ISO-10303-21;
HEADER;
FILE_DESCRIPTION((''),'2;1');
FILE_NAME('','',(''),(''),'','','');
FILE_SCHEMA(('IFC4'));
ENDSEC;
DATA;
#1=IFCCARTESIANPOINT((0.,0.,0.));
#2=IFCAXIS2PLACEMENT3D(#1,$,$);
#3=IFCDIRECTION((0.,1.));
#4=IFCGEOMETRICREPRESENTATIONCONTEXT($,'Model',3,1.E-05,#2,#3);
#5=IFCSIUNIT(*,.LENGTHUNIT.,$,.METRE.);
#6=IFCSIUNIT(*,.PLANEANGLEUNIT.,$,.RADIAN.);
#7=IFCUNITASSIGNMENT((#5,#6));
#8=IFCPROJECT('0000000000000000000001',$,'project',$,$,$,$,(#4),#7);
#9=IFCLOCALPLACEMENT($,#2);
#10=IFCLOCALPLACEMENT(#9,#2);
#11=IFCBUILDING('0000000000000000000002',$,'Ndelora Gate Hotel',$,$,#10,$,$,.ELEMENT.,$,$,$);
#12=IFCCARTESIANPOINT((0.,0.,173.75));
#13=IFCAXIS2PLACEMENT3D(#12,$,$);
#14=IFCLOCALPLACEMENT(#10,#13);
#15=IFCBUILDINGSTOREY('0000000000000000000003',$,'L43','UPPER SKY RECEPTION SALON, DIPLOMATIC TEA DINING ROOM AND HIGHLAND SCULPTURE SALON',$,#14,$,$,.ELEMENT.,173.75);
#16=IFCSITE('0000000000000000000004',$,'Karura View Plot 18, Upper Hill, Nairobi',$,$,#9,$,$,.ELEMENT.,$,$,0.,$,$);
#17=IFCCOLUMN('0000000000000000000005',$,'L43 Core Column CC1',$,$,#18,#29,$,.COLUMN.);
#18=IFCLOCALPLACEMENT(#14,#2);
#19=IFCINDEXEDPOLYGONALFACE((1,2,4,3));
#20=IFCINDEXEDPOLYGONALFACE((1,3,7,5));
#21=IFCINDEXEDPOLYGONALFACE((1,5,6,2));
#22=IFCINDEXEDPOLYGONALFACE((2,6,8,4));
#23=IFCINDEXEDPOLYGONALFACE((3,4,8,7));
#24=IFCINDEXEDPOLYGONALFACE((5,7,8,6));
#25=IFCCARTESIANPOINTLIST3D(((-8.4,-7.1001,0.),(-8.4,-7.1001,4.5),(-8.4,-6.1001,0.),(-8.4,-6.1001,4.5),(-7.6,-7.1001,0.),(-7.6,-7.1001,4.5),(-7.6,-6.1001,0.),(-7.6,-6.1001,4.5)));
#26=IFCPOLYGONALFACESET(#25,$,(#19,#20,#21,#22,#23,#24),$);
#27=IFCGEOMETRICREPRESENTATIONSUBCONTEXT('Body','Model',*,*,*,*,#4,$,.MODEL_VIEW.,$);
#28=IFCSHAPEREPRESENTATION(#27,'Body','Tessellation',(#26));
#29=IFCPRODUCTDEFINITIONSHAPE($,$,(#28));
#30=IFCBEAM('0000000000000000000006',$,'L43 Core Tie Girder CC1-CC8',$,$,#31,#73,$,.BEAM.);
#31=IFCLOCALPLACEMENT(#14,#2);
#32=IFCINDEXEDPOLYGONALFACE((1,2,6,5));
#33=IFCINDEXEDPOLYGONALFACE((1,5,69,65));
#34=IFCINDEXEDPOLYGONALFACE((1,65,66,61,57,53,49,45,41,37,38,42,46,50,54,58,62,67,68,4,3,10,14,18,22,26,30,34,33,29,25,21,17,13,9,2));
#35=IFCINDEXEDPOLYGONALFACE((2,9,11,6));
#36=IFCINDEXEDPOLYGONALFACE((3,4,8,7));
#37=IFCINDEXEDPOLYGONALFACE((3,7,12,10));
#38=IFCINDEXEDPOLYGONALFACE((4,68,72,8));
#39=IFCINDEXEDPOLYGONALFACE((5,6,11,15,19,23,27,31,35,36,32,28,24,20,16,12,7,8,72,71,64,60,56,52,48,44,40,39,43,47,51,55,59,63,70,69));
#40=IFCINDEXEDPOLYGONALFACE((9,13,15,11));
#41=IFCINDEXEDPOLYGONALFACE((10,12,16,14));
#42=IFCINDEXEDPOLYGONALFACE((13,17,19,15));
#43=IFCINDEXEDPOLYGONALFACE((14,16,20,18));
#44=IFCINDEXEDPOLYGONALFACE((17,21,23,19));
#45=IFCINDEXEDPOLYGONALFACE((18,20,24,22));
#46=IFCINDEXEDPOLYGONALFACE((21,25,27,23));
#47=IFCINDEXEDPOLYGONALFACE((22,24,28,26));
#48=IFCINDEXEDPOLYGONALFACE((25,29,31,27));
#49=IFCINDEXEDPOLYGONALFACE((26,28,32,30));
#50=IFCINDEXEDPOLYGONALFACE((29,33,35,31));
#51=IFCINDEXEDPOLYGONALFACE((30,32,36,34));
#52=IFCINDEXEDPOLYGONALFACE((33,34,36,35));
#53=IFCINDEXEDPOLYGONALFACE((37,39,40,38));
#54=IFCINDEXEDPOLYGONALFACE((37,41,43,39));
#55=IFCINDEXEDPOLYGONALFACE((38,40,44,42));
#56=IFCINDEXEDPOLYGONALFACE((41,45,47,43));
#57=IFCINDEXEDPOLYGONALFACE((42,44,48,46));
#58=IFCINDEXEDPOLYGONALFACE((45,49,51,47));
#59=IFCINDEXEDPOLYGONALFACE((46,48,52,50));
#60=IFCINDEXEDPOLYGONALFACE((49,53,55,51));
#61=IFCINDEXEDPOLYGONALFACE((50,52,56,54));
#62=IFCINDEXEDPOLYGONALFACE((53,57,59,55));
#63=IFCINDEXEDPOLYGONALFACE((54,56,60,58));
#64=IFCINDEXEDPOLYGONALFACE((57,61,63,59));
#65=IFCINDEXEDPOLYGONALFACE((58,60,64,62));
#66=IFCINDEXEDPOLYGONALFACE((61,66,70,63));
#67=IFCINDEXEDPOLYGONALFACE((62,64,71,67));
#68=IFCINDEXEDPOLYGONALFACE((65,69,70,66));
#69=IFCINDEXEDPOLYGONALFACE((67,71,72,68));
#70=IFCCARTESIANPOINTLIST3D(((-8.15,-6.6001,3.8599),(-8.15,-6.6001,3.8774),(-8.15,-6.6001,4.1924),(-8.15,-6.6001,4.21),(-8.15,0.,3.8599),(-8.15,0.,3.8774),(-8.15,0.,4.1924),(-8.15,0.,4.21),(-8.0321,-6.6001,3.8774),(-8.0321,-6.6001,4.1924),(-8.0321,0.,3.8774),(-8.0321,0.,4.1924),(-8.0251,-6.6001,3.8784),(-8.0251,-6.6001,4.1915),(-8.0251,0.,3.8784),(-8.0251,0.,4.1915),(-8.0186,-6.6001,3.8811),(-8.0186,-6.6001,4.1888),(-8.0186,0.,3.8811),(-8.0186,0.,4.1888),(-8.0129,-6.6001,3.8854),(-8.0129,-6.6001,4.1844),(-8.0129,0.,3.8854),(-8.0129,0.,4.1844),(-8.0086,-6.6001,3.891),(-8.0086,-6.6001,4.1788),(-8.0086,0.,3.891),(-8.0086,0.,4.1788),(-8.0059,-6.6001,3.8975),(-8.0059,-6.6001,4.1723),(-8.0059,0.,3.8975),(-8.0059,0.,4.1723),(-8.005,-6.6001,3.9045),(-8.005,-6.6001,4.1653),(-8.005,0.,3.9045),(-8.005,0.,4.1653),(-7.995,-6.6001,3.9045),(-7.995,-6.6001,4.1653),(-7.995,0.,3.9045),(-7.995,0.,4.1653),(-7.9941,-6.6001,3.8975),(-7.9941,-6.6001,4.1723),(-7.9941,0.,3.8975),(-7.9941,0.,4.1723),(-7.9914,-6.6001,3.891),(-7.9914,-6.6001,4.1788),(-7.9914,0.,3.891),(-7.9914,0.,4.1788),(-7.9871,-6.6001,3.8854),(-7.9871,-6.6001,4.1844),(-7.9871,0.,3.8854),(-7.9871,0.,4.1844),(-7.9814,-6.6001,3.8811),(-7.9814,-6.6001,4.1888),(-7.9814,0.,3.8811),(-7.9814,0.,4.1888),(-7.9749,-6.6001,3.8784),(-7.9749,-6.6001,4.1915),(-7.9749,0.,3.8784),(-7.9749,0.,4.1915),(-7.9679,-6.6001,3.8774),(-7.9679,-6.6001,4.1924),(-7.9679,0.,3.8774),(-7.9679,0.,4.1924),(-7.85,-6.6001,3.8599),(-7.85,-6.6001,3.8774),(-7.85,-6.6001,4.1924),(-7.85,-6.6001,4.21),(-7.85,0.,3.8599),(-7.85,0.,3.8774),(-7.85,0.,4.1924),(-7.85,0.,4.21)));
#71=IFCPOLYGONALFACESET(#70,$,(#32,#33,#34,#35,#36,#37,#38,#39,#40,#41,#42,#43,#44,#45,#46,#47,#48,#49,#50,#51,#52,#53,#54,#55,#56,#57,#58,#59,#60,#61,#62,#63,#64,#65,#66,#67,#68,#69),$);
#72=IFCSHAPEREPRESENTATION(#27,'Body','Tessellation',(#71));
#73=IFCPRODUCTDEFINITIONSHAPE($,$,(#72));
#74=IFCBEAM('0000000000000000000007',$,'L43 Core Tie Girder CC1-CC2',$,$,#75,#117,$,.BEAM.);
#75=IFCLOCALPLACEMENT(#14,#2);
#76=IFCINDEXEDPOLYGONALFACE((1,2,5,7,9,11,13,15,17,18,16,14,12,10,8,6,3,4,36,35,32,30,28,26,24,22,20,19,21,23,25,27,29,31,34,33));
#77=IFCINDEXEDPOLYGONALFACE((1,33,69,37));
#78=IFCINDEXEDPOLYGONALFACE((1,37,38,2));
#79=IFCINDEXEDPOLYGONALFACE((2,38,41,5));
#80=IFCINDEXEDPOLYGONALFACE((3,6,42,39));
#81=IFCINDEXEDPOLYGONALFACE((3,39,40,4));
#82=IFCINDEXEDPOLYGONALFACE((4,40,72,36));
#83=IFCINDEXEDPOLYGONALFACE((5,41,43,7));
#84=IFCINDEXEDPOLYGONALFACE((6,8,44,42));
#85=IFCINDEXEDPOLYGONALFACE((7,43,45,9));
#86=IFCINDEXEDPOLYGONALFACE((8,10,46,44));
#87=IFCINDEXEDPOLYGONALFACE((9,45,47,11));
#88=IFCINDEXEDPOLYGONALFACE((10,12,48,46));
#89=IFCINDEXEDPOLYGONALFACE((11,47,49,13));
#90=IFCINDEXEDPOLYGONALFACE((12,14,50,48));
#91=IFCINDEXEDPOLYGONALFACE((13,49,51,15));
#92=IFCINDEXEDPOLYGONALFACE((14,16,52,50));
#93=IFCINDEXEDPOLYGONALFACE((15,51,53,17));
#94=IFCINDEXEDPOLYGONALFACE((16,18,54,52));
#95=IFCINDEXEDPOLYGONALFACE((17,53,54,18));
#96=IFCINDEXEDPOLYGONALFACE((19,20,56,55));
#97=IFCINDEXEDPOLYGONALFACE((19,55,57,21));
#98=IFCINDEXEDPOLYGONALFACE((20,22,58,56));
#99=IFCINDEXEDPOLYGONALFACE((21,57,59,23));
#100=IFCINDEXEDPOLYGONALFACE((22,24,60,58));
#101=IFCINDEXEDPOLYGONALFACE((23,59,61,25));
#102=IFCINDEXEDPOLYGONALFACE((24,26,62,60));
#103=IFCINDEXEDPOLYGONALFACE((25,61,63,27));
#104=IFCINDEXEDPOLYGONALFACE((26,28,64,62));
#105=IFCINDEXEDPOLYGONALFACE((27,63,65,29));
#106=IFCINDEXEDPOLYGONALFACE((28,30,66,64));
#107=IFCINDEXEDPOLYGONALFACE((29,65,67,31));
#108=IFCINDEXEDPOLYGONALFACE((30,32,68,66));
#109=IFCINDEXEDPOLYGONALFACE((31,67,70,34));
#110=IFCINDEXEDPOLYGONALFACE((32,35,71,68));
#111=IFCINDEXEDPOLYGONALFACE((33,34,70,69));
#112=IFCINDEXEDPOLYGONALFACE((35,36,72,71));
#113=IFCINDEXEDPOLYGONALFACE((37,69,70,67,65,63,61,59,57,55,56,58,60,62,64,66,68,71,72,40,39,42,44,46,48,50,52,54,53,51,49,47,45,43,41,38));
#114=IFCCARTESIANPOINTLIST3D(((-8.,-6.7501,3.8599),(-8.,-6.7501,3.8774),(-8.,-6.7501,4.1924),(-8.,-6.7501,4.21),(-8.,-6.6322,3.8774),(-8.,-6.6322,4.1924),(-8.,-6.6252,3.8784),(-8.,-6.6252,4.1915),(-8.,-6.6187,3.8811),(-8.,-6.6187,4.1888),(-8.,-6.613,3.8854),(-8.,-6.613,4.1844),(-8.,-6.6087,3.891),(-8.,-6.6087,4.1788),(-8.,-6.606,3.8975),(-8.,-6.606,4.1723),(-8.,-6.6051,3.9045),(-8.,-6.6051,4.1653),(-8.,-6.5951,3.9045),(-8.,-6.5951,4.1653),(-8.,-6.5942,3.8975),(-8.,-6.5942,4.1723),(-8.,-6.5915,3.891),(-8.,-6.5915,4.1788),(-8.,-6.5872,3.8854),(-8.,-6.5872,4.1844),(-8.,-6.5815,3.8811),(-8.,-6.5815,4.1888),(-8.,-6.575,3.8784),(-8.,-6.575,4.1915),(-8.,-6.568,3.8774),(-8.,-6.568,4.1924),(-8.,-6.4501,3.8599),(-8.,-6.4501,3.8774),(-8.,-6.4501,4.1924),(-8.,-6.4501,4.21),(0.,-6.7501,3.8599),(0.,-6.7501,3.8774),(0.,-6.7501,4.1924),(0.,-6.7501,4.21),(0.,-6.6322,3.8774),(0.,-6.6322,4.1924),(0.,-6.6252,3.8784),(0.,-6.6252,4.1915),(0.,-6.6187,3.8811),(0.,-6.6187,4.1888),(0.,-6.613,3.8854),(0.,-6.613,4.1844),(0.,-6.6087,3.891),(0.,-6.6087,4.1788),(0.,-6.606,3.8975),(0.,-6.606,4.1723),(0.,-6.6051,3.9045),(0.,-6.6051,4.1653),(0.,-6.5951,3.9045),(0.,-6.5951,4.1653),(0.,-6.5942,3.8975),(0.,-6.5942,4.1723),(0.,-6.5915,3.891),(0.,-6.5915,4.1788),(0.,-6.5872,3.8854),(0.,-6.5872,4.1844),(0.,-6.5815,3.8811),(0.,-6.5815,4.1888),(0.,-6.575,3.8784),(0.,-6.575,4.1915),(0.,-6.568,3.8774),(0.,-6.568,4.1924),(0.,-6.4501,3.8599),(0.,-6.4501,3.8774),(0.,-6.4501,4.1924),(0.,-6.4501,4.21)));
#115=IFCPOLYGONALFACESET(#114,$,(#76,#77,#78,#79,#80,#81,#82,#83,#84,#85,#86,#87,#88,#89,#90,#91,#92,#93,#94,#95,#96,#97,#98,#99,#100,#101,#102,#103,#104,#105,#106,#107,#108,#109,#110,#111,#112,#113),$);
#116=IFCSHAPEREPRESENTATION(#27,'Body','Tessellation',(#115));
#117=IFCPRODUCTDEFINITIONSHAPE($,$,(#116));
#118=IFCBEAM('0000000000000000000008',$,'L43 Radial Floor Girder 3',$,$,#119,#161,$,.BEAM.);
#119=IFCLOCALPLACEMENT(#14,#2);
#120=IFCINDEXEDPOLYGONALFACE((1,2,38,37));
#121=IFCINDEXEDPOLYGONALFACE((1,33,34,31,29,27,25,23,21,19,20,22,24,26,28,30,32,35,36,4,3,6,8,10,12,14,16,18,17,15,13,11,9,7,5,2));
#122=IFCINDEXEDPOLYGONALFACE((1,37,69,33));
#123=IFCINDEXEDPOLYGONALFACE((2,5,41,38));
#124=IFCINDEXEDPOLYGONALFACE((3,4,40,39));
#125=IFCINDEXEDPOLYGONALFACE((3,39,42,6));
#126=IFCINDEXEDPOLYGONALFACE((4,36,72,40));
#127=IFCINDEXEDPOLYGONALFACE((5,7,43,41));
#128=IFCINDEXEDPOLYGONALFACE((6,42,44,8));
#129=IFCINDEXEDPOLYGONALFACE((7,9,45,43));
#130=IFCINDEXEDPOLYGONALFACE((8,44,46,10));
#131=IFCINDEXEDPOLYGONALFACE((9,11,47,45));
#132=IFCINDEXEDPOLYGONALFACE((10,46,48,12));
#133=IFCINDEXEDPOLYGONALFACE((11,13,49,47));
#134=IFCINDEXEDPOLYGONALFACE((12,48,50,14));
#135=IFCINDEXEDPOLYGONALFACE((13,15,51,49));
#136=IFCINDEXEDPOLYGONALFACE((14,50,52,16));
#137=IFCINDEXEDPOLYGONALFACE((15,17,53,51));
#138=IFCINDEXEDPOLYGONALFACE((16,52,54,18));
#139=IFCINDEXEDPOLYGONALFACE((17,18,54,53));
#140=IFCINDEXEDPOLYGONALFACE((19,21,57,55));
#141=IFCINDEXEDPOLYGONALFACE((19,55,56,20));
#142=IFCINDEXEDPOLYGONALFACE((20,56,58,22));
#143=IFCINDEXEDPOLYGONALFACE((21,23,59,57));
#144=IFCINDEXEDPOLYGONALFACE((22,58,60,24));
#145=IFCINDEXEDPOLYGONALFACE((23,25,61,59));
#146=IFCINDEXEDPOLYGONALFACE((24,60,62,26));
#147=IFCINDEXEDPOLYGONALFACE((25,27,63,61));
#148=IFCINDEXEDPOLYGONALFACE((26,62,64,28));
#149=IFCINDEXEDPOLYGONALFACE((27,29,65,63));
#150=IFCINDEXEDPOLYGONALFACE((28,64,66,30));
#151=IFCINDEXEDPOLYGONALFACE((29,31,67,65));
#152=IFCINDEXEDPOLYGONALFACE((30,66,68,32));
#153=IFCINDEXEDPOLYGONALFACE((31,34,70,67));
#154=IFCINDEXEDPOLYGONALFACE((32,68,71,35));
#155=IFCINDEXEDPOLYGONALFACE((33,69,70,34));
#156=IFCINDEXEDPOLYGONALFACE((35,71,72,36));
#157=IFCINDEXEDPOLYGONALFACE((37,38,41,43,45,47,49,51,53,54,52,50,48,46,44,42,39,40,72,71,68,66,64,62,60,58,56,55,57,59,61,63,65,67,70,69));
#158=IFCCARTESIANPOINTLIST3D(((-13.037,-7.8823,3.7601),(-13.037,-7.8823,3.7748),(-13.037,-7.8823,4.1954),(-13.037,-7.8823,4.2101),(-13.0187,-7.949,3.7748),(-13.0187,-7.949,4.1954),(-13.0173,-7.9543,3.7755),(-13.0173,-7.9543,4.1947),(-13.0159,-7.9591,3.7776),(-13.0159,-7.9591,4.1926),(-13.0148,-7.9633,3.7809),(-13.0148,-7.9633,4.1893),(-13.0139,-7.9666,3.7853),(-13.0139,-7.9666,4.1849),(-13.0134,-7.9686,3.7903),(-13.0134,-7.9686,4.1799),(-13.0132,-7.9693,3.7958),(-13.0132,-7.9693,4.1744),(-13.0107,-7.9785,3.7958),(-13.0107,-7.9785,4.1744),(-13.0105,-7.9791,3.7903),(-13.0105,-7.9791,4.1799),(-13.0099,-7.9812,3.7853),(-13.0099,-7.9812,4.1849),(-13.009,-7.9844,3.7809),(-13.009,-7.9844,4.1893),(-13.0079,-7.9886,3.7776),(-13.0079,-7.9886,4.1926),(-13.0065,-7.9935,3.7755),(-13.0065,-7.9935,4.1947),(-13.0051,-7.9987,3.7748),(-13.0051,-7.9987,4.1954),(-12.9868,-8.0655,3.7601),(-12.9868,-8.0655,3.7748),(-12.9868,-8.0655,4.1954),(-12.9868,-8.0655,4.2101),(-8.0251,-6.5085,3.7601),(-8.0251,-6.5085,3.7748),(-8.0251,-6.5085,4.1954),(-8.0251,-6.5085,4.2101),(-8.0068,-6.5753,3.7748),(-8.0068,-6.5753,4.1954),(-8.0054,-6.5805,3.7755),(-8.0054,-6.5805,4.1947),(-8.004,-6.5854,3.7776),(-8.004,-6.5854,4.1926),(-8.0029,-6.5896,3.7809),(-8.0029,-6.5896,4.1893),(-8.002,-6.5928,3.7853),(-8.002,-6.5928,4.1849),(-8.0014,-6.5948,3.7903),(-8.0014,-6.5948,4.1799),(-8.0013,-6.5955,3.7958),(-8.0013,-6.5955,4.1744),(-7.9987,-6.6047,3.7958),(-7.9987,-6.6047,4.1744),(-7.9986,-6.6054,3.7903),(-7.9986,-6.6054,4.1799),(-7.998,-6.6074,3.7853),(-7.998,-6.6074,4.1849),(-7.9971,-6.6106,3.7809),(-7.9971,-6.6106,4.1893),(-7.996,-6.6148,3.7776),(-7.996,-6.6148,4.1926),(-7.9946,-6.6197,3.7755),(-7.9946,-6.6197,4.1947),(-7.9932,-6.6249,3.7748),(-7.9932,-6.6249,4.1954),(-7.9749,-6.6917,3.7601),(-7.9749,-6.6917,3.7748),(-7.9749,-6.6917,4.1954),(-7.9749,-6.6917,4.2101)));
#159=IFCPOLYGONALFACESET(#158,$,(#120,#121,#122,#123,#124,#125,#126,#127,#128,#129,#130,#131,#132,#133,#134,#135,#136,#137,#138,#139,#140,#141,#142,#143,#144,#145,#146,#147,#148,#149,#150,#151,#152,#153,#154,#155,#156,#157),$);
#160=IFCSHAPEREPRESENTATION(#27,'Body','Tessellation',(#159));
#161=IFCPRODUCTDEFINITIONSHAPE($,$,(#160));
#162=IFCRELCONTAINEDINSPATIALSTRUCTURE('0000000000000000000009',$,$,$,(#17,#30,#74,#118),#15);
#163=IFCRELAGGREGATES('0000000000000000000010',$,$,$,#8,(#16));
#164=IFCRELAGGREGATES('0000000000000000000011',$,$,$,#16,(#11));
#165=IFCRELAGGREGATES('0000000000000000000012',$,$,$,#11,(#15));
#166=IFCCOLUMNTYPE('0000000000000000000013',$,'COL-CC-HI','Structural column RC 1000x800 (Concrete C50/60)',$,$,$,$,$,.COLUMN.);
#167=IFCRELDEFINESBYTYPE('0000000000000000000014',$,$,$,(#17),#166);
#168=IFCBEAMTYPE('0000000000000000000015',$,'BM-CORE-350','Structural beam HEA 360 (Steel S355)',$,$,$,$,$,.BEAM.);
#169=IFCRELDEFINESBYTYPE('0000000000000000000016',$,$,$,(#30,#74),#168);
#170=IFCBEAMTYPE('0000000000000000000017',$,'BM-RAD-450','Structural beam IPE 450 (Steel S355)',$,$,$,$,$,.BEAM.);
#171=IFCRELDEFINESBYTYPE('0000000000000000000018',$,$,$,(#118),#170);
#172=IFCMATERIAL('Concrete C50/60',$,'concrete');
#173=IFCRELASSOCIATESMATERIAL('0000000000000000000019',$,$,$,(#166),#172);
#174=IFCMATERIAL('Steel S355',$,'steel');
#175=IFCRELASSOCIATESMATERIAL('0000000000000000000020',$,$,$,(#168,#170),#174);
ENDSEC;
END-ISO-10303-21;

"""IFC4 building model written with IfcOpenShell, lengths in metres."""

from ifc_helpers import new_model, si_unit, direction, frame, origin, origin_2d, place, context, subcontext, project, spatial, rectangle, i_section, extrude, material, material_profile, profile_set, type_object, element, save


model = new_model("IFC4")

# Units and contexts
model_context = context("Model", 3, precision=1e-05, world=origin(), true_north=direction((0.0, 1.0)))
body_context = subcontext(model_context, "Body", "Model", "MODEL_VIEW")
ifc_project = project(units=[si_unit("LENGTHUNIT", "METRE"), si_unit("PLANEANGLEUNIT", "RADIAN")], contexts=[model_context])

# Site, building, storey
site_placement = place(None, origin())
site = spatial("IfcSite", under=ifc_project, at=site_placement, Name="Karura View Plot 18, Upper Hill, Nairobi", CompositionType="ELEMENT", RefElevation=0.0)
building_placement = place(site_placement, origin())
building = spatial("IfcBuilding", under=site, at=building_placement, Name="Ndelora Gate Hotel", CompositionType="ELEMENT")
storey_placement = place(building_placement, frame((0.0, 0.0, 173.75)))
storey = spatial("IfcBuildingStorey", under=building, at=storey_placement, Name="L43", Description="UPPER SKY RECEPTION SALON, DIPLOMATIC TEA DINING ROOM AND HIGHLAND SCULPTURE SALON", CompositionType="ELEMENT", Elevation=173.75)

# Column
ifc_material_1 = material(Name="Concrete C50/60", Category="concrete")
ifc_material_profile_1 = material_profile(ifc_material_1, rectangle(XDim=0.8, YDim=1.0, at=origin_2d()), Name="RC 1000x800")
ifc_profile_set_1 = profile_set([ifc_material_profile_1], Name="Concrete C50/60")
column_type = type_object("IfcColumnType", Name="COL-CC-HI", Description="Structural column RC 1000x800 (Concrete C50/60)", PredefinedType="COLUMN", material=ifc_profile_set_1)
column_placement = place(storey_placement, frame((-8.0, -6.6001, 0.0), z_axis=(0.0, 0.0, 1.0), x_axis=(1.0, 0.0, 0.0)))
element("IfcColumn", 1, at=column_placement, inside=storey, type_object=column_type, Name="L43 Core Column CC1", PredefinedType="COLUMN", context=body_context, shape_type="SweptSolid", body=[
    extrude(rectangle(XDim=0.8, YDim=1.0, at=origin_2d()), origin(), (0.0, 0.0, 1.0), 4.5),
])

# Beams
ifc_material_2 = material(Name="Steel S355", Category="steel")
ifc_material_profile_2 = material_profile(ifc_material_2, i_section(OverallWidth=0.3, OverallDepth=0.3501, WebThickness=0.01, FlangeThickness=0.0176, FilletRadius=0.0271, at=origin_2d()), Name="HEA 360")
ifc_profile_set_2 = profile_set([ifc_material_profile_2], Name="Steel S355")
beam_type_1 = type_object("IfcBeamType", Name="BM-CORE-350", Description="Structural beam HEA 360 (Steel S355)", PredefinedType="BEAM", material=ifc_profile_set_2)
beam_1_placement = place(storey_placement, frame((-8.0, -6.6001, 4.0349), z_axis=(0.0, 1.0, 0.0), x_axis=(-1.0, 0.0, 0.0)))
element("IfcBeam", 2, at=beam_1_placement, inside=storey, type_object=beam_type_1, Name="L43 Core Tie Girder CC1-CC8", PredefinedType="BEAM", context=body_context, shape_type="SweptSolid", body=[
    extrude(i_section(OverallWidth=0.3, OverallDepth=0.3501, WebThickness=0.01, FlangeThickness=0.0176, FilletRadius=0.0271, at=origin_2d()), origin(), (0.0, 0.0, 1.0), 6.6001),
])
beam_2_placement = place(storey_placement, frame((-8.0, -6.6001, 4.0349), z_axis=(1.0, 0.0, 0.0), x_axis=(0.0, 1.0, 0.0)))
element("IfcBeam", 3, at=beam_2_placement, inside=storey, type_object=beam_type_1, Name="L43 Core Tie Girder CC1-CC2", PredefinedType="BEAM", context=body_context, shape_type="SweptSolid", body=[
    extrude(i_section(OverallWidth=0.3, OverallDepth=0.3501, WebThickness=0.01, FlangeThickness=0.0176, FilletRadius=0.0271, at=origin_2d()), origin(), (0.0, 0.0, 1.0), 8.0),
])
ifc_material_profile_3 = material_profile(ifc_material_2, i_section(OverallWidth=0.1899, OverallDepth=0.45, WebThickness=0.0095, FlangeThickness=0.0146, FilletRadius=0.021, at=origin_2d()), Name="IPE 450")
ifc_profile_set_3 = profile_set([ifc_material_profile_3], Name="Steel S355")
beam_type_2 = type_object("IfcBeamType", Name="BM-RAD-450", Description="Structural beam IPE 450 (Steel S355)", PredefinedType="BEAM", material=ifc_profile_set_3)
beam_3_placement = place(storey_placement, frame((-8.0, -6.6001, 3.9851), z_axis=(-0.964427, -0.264349, 0.0), x_axis=(0.264349, -0.964427, 0.0)))
element("IfcBeam", 4, at=beam_3_placement, inside=storey, type_object=beam_type_2, Name="L43 Radial Floor Girder 3", PredefinedType="BEAM", context=body_context, shape_type="SweptSolid", body=[
    extrude(i_section(OverallWidth=0.1899, OverallDepth=0.45, WebThickness=0.0095, FlangeThickness=0.0146, FilletRadius=0.021, at=origin_2d()), origin(), (0.0, 0.0, 1.0), 5.1968),
])

save(model, "model.ifc")
